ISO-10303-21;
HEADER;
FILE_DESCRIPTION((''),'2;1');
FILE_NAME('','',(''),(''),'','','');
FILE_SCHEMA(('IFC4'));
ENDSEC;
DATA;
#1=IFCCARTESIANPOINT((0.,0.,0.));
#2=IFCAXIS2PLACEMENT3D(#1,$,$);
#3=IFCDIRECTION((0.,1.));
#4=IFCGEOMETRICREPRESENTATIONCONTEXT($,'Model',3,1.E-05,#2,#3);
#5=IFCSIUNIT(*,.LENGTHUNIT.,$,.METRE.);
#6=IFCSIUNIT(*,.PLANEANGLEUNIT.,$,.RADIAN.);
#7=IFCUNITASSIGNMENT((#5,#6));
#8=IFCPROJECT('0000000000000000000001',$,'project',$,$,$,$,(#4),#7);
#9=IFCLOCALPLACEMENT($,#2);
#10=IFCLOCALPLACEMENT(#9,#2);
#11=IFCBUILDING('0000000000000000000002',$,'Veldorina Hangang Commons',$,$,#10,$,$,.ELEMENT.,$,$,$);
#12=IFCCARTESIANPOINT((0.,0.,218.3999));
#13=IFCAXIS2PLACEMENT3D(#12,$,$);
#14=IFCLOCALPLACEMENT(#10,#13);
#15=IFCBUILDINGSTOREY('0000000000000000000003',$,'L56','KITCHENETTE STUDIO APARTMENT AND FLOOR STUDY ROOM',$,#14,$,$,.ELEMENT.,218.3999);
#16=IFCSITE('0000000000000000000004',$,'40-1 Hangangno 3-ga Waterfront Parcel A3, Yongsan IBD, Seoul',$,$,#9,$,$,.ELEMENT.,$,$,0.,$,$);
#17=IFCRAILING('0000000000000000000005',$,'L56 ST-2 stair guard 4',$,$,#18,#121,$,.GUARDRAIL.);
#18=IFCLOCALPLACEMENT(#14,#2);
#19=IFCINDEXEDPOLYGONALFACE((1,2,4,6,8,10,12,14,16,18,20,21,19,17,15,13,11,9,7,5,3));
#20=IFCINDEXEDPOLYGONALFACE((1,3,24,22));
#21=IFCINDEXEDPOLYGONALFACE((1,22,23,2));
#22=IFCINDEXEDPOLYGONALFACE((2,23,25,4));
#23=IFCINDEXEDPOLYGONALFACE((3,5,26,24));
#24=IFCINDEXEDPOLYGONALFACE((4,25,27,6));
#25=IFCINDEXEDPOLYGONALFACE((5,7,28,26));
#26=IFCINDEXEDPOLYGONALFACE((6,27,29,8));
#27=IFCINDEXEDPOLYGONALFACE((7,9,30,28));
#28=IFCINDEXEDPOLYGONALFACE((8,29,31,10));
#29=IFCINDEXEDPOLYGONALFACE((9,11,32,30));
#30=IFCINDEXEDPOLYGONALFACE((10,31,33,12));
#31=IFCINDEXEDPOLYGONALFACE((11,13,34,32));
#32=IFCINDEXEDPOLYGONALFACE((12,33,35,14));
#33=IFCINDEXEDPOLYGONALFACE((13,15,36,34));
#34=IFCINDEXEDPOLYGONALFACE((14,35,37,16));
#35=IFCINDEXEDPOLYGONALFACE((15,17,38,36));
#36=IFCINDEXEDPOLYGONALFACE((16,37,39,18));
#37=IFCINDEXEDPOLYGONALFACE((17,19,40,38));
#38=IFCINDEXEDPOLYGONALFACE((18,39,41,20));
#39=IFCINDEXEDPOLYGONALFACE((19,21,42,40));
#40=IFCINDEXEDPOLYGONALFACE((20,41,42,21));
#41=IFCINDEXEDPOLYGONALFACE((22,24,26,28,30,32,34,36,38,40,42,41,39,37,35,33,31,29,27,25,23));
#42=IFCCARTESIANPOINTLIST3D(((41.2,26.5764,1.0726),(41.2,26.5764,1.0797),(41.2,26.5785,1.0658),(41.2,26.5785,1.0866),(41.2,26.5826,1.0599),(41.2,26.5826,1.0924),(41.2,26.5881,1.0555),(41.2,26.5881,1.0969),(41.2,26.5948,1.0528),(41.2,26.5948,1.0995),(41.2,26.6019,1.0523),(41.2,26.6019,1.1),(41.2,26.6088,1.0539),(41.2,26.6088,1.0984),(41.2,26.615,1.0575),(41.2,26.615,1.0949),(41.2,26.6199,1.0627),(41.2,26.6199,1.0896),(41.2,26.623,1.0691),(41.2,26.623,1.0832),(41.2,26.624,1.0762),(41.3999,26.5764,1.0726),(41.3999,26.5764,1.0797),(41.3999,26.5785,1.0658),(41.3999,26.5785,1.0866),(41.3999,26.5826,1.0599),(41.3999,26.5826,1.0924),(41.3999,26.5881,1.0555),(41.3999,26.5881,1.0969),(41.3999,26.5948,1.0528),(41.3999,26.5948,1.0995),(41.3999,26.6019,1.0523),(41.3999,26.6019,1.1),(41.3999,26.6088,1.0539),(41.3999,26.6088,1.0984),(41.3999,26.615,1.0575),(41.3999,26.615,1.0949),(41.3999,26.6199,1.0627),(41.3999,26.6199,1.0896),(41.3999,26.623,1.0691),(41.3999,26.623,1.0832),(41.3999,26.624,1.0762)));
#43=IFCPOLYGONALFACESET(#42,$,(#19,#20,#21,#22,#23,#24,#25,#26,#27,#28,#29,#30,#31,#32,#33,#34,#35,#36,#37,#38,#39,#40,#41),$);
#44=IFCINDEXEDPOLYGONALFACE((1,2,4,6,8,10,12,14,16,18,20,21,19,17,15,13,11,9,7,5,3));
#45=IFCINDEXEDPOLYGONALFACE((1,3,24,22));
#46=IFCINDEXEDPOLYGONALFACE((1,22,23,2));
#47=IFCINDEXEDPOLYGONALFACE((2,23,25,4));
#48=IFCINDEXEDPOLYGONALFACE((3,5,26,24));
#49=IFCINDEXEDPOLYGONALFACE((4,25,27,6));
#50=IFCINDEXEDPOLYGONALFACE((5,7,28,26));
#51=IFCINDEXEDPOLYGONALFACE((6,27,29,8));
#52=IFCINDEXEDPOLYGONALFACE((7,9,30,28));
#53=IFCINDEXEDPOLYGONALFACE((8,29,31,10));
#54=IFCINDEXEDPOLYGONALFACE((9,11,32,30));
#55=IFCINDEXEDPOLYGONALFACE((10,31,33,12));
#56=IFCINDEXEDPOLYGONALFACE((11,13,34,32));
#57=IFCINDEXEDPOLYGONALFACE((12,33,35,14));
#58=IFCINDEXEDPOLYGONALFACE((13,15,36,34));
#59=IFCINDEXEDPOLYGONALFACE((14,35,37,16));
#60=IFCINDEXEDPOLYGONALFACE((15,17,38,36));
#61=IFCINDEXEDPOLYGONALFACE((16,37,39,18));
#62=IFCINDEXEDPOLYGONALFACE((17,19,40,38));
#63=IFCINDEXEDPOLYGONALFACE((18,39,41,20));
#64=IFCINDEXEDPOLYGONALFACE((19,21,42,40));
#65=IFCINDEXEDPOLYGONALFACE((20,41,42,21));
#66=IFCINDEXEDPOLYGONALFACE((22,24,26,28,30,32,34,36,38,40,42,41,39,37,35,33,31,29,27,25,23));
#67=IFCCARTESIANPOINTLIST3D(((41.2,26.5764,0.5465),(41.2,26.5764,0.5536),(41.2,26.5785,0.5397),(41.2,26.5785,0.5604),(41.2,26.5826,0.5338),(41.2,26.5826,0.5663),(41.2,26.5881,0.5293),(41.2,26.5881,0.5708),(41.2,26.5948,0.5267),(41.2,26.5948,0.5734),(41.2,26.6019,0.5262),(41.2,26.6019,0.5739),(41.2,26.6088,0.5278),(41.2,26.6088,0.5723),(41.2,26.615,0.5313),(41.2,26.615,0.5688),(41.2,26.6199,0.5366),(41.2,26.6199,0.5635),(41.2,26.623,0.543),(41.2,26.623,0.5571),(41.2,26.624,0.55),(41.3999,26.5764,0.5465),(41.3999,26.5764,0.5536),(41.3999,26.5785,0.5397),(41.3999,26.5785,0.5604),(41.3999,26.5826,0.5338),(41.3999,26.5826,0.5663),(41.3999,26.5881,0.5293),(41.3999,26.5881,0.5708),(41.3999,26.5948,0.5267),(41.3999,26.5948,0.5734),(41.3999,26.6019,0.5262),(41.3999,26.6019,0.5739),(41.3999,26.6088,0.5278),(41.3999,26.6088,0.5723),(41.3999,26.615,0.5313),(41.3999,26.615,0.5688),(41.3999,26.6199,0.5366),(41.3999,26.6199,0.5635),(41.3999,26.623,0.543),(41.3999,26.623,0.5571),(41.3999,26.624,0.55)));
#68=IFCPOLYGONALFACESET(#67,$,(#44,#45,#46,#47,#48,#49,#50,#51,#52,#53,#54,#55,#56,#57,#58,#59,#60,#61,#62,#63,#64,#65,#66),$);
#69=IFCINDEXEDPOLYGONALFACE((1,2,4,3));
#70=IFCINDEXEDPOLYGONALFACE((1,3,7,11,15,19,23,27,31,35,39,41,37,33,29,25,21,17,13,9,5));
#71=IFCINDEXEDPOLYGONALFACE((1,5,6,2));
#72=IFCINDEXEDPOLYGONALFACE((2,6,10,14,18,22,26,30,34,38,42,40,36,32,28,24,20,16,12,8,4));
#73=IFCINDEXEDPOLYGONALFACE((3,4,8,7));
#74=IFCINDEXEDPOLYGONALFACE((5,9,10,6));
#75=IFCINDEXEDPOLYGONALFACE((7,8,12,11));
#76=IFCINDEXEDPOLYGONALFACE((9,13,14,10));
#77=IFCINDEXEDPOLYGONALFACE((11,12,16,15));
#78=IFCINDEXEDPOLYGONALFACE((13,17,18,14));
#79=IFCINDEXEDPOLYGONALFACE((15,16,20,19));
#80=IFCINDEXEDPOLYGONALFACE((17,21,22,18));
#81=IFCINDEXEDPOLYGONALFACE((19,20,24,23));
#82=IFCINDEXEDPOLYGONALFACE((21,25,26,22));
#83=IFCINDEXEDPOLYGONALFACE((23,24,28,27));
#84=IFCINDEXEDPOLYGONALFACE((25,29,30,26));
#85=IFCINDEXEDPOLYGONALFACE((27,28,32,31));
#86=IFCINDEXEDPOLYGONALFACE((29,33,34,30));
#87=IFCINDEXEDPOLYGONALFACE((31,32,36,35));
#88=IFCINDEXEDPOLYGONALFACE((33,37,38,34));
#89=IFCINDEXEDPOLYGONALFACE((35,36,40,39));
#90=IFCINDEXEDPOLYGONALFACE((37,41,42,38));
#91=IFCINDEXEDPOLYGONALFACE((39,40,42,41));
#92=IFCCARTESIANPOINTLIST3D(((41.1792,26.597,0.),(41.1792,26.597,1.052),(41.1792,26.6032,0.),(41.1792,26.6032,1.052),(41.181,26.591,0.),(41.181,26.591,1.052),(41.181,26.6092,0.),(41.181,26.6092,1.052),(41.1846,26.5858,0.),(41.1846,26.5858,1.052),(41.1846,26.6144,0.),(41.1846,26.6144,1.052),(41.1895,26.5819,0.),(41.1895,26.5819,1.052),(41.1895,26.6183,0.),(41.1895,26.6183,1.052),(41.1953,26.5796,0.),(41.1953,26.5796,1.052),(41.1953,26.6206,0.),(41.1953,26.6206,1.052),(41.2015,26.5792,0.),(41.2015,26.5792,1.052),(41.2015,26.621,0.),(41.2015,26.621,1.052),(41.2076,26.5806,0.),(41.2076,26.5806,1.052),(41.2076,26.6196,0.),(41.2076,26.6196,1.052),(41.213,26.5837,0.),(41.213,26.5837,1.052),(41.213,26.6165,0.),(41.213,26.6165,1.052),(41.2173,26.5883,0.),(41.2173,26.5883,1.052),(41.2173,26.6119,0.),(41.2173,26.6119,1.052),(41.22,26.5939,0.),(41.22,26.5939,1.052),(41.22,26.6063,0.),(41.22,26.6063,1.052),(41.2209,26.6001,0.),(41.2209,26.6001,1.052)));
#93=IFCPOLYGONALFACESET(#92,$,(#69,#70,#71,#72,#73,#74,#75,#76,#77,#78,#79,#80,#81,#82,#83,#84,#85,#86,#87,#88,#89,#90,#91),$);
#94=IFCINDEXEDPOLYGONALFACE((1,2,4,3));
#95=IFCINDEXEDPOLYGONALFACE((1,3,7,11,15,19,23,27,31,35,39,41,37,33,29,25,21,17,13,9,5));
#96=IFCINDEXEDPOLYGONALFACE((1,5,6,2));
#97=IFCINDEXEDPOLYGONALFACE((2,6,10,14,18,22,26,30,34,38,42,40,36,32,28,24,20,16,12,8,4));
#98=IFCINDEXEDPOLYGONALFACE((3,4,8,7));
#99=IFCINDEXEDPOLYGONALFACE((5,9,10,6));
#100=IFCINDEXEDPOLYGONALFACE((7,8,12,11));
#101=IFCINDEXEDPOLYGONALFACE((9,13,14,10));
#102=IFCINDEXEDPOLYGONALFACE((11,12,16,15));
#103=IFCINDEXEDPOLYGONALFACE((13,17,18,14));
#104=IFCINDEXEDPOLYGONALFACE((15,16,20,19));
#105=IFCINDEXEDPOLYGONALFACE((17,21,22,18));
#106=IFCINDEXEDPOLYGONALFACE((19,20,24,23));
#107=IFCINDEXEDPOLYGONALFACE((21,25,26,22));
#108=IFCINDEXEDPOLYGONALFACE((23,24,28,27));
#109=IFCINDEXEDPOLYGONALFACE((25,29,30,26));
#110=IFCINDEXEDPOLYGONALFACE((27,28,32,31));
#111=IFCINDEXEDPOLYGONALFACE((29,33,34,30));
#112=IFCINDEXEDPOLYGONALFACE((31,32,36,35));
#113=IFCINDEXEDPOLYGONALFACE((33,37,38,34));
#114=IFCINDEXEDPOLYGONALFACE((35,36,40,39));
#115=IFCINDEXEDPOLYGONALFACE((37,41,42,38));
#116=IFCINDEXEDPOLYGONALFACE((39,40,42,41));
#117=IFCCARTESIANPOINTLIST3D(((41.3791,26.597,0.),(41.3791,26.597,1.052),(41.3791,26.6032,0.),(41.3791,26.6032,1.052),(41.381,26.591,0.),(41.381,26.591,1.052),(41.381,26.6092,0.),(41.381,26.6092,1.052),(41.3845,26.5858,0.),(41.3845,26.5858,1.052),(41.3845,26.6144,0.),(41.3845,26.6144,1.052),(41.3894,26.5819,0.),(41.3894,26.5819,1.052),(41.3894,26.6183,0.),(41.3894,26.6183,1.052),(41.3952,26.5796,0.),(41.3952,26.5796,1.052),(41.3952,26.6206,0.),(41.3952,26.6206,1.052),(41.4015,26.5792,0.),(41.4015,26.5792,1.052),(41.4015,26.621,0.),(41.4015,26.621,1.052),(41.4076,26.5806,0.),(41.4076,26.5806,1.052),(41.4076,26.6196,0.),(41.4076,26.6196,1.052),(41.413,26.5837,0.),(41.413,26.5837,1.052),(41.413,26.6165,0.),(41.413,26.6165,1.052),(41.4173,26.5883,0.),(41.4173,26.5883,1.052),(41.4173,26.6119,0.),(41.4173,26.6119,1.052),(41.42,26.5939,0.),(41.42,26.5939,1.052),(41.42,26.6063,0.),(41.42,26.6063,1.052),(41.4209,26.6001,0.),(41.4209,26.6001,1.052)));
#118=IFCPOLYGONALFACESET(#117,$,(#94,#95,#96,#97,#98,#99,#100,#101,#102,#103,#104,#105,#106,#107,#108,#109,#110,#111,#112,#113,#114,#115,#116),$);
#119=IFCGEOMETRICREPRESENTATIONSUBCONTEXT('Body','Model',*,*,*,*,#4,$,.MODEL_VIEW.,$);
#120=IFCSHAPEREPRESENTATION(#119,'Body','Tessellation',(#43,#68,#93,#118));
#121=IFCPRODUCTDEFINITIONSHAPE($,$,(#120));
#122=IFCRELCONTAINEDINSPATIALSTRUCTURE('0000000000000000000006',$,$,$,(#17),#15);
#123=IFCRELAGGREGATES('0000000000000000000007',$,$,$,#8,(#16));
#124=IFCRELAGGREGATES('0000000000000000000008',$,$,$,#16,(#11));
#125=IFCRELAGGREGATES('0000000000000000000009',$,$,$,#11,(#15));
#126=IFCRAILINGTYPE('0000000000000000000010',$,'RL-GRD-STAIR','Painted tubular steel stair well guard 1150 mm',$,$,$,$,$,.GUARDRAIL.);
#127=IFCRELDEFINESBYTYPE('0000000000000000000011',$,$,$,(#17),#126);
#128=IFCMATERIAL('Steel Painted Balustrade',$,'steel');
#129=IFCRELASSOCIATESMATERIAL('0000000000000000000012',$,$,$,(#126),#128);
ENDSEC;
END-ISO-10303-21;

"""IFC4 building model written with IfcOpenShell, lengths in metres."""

from ifc_helpers import new_model, si_unit, direction, frame, origin, origin_2d, place, context, subcontext, project, spatial, circle, extrude, material, type_object, element, save


model = new_model("IFC4")

# Units and contexts
model_context = context("Model", 3, precision=1e-05, world=origin(), true_north=direction((0.0, 1.0)))
body_context = subcontext(model_context, "Body", "Model", "MODEL_VIEW")
ifc_project = project(units=[si_unit("LENGTHUNIT", "METRE"), si_unit("PLANEANGLEUNIT", "RADIAN")], contexts=[model_context])

# Site, building, storey
site_placement = place(None, origin())
site = spatial("IfcSite", under=ifc_project, at=site_placement, Name="40-1 Hangangno 3-ga Waterfront Parcel A3, Yongsan IBD, Seoul", CompositionType="ELEMENT", RefElevation=0.0)
building_placement = place(site_placement, origin())
building = spatial("IfcBuilding", under=site, at=building_placement, Name="Veldorina Hangang Commons", CompositionType="ELEMENT")
storey_placement = place(building_placement, frame((0.0, 0.0, 218.3999)))
storey = spatial("IfcBuildingStorey", under=building, at=storey_placement, Name="L56", Description="KITCHENETTE STUDIO APARTMENT AND FLOOR STUDY ROOM", CompositionType="ELEMENT", Elevation=218.3999)

# Railing
ifc_material_1 = material(Name="Steel Painted Balustrade", Category="steel")
railing_type_1 = type_object("IfcRailingType", Name="RL-GRD-STAIR", Description="Painted tubular steel stair well guard 1150 mm", PredefinedType="GUARDRAIL", material=ifc_material_1)
railing_1_placement = place(storey_placement, frame((41.2, 26.6001, 0.0)))
element("IfcRailing", 1, at=railing_1_placement, inside=storey, type_object=railing_type_1, Name="L56 ST-2 stair guard 4", PredefinedType="GUARDRAIL", context=body_context, shape_type="SweptSolid", body=[
    extrude(circle(Radius=0.0239, at=origin_2d()), frame((0.0, 0.0, 1.0762), z_axis=(1.0, 0.0, 0.0), x_axis=(0.0, 1.0, 0.0)), (0.0, 0.0, 1.0), 0.2),
    extrude(circle(Radius=0.0239, at=origin_2d()), frame((0.0, 0.0, 0.55), z_axis=(1.0, 0.0, 0.0), x_axis=(0.0, 1.0, 0.0)), (0.0, 0.0, 1.0), 0.2),
    extrude(circle(Radius=0.021, at=origin_2d()), origin(), (0.0, 0.0, 1.0), 1.052),
    extrude(circle(Radius=0.021, at=origin_2d()), frame((0.2, 0.0, 0.0)), (0.0, 0.0, 1.0), 1.052),
])

save(model, "model.ifc")
